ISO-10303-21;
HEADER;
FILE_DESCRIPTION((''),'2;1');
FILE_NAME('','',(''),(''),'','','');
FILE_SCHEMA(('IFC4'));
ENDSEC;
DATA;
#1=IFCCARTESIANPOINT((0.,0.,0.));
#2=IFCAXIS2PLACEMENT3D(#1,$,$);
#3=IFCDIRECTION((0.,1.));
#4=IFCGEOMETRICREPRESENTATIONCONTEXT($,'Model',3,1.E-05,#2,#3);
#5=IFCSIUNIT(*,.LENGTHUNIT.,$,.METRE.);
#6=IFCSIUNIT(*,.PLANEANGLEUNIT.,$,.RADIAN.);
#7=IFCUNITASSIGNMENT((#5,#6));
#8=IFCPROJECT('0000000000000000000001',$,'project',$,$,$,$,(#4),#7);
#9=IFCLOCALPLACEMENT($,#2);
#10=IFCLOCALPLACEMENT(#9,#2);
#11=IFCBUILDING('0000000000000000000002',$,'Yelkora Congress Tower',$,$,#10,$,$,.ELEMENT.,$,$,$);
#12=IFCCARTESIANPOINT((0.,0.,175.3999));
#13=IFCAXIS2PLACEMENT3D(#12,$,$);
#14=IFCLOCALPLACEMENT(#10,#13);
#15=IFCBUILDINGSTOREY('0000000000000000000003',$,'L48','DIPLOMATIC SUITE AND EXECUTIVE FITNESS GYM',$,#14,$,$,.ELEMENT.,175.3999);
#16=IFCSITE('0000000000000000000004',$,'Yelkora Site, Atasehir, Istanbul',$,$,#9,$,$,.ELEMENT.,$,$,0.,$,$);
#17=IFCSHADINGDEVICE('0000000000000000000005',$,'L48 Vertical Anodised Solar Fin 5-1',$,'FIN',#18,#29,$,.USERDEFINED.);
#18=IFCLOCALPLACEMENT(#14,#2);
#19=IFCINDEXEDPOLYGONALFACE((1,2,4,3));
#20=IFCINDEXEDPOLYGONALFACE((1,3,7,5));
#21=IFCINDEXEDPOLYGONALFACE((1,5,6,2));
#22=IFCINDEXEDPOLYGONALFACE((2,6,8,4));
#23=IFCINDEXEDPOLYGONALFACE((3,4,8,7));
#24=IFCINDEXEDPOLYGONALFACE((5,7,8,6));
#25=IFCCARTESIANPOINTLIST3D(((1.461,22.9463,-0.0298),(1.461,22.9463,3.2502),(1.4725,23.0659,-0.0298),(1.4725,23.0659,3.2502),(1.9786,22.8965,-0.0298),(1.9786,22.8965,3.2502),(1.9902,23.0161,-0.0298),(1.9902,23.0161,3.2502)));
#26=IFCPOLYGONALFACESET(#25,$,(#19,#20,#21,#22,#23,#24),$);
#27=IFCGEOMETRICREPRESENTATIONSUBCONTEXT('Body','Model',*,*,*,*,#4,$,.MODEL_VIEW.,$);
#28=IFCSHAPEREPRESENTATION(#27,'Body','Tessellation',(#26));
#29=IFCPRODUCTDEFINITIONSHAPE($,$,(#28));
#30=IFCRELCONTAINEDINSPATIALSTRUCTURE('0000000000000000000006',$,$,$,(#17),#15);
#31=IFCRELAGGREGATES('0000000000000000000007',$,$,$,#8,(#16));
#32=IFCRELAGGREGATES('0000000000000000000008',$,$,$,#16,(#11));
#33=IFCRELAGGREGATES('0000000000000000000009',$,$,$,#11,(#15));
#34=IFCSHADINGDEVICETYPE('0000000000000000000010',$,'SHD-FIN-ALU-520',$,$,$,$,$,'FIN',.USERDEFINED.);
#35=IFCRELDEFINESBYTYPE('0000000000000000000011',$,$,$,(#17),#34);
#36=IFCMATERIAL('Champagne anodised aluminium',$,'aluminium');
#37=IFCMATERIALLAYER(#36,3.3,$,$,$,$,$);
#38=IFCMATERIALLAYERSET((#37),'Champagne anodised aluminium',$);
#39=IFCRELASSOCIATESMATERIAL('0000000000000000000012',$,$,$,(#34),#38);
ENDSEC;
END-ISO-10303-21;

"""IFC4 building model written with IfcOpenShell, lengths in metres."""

from ifc_helpers import new_model, si_unit, direction, frame, origin, origin_2d, place, context, subcontext, project, spatial, rectangle, extrude, material, layer, layer_set, type_object, element, save


model = new_model("IFC4")

# Units and contexts
model_context = context("Model", 3, precision=1e-05, world=origin(), true_north=direction((0.0, 1.0)))
body_context = subcontext(model_context, "Body", "Model", "MODEL_VIEW")
ifc_project = project(units=[si_unit("LENGTHUNIT", "METRE"), si_unit("PLANEANGLEUNIT", "RADIAN")], contexts=[model_context])

# Site, building, storey
site_placement = place(None, origin())
site = spatial("IfcSite", under=ifc_project, at=site_placement, Name="Yelkora Site, Atasehir, Istanbul", CompositionType="ELEMENT", RefElevation=0.0)
building_placement = place(site_placement, origin())
building = spatial("IfcBuilding", under=site, at=building_placement, Name="Yelkora Congress Tower", CompositionType="ELEMENT")
storey_placement = place(building_placement, frame((0.0, 0.0, 175.3999)))
storey = spatial("IfcBuildingStorey", under=building, at=storey_placement, Name="L48", Description="DIPLOMATIC SUITE AND EXECUTIVE FITNESS GYM", CompositionType="ELEMENT", Elevation=175.3999)

# Shading device
ifc_material_1 = material(Name="Champagne anodised aluminium", Category="aluminium")
ifc_layer_1 = layer(ifc_material_1, 3.3)
ifc_layer_set_1 = layer_set([ifc_layer_1], Name="Champagne anodised aluminium")
shading_device_type = type_object("IfcShadingDeviceType", Name="SHD-FIN-ALU-520", ElementType="FIN", PredefinedType="USERDEFINED", material=ifc_layer_set_1)
shading_device_placement = place(storey_placement, frame((1.7256, 22.9812, -0.0298), z_axis=(0.0, 0.0, 1.0), x_axis=(0.095846, 0.995396, 0.0)))
element("IfcShadingDevice", 1, at=shading_device_placement, inside=storey, type_object=shading_device_type, Name="L48 Vertical Anodised Solar Fin 5-1", ObjectType="FIN", PredefinedType="USERDEFINED", context=body_context, shape_type="SweptSolid", body=[
    extrude(rectangle(XDim=0.1201, YDim=0.52, at=origin_2d()), origin(), (0.0, 0.0, 1.0), 3.28),
])

save(model, "model.ifc")
